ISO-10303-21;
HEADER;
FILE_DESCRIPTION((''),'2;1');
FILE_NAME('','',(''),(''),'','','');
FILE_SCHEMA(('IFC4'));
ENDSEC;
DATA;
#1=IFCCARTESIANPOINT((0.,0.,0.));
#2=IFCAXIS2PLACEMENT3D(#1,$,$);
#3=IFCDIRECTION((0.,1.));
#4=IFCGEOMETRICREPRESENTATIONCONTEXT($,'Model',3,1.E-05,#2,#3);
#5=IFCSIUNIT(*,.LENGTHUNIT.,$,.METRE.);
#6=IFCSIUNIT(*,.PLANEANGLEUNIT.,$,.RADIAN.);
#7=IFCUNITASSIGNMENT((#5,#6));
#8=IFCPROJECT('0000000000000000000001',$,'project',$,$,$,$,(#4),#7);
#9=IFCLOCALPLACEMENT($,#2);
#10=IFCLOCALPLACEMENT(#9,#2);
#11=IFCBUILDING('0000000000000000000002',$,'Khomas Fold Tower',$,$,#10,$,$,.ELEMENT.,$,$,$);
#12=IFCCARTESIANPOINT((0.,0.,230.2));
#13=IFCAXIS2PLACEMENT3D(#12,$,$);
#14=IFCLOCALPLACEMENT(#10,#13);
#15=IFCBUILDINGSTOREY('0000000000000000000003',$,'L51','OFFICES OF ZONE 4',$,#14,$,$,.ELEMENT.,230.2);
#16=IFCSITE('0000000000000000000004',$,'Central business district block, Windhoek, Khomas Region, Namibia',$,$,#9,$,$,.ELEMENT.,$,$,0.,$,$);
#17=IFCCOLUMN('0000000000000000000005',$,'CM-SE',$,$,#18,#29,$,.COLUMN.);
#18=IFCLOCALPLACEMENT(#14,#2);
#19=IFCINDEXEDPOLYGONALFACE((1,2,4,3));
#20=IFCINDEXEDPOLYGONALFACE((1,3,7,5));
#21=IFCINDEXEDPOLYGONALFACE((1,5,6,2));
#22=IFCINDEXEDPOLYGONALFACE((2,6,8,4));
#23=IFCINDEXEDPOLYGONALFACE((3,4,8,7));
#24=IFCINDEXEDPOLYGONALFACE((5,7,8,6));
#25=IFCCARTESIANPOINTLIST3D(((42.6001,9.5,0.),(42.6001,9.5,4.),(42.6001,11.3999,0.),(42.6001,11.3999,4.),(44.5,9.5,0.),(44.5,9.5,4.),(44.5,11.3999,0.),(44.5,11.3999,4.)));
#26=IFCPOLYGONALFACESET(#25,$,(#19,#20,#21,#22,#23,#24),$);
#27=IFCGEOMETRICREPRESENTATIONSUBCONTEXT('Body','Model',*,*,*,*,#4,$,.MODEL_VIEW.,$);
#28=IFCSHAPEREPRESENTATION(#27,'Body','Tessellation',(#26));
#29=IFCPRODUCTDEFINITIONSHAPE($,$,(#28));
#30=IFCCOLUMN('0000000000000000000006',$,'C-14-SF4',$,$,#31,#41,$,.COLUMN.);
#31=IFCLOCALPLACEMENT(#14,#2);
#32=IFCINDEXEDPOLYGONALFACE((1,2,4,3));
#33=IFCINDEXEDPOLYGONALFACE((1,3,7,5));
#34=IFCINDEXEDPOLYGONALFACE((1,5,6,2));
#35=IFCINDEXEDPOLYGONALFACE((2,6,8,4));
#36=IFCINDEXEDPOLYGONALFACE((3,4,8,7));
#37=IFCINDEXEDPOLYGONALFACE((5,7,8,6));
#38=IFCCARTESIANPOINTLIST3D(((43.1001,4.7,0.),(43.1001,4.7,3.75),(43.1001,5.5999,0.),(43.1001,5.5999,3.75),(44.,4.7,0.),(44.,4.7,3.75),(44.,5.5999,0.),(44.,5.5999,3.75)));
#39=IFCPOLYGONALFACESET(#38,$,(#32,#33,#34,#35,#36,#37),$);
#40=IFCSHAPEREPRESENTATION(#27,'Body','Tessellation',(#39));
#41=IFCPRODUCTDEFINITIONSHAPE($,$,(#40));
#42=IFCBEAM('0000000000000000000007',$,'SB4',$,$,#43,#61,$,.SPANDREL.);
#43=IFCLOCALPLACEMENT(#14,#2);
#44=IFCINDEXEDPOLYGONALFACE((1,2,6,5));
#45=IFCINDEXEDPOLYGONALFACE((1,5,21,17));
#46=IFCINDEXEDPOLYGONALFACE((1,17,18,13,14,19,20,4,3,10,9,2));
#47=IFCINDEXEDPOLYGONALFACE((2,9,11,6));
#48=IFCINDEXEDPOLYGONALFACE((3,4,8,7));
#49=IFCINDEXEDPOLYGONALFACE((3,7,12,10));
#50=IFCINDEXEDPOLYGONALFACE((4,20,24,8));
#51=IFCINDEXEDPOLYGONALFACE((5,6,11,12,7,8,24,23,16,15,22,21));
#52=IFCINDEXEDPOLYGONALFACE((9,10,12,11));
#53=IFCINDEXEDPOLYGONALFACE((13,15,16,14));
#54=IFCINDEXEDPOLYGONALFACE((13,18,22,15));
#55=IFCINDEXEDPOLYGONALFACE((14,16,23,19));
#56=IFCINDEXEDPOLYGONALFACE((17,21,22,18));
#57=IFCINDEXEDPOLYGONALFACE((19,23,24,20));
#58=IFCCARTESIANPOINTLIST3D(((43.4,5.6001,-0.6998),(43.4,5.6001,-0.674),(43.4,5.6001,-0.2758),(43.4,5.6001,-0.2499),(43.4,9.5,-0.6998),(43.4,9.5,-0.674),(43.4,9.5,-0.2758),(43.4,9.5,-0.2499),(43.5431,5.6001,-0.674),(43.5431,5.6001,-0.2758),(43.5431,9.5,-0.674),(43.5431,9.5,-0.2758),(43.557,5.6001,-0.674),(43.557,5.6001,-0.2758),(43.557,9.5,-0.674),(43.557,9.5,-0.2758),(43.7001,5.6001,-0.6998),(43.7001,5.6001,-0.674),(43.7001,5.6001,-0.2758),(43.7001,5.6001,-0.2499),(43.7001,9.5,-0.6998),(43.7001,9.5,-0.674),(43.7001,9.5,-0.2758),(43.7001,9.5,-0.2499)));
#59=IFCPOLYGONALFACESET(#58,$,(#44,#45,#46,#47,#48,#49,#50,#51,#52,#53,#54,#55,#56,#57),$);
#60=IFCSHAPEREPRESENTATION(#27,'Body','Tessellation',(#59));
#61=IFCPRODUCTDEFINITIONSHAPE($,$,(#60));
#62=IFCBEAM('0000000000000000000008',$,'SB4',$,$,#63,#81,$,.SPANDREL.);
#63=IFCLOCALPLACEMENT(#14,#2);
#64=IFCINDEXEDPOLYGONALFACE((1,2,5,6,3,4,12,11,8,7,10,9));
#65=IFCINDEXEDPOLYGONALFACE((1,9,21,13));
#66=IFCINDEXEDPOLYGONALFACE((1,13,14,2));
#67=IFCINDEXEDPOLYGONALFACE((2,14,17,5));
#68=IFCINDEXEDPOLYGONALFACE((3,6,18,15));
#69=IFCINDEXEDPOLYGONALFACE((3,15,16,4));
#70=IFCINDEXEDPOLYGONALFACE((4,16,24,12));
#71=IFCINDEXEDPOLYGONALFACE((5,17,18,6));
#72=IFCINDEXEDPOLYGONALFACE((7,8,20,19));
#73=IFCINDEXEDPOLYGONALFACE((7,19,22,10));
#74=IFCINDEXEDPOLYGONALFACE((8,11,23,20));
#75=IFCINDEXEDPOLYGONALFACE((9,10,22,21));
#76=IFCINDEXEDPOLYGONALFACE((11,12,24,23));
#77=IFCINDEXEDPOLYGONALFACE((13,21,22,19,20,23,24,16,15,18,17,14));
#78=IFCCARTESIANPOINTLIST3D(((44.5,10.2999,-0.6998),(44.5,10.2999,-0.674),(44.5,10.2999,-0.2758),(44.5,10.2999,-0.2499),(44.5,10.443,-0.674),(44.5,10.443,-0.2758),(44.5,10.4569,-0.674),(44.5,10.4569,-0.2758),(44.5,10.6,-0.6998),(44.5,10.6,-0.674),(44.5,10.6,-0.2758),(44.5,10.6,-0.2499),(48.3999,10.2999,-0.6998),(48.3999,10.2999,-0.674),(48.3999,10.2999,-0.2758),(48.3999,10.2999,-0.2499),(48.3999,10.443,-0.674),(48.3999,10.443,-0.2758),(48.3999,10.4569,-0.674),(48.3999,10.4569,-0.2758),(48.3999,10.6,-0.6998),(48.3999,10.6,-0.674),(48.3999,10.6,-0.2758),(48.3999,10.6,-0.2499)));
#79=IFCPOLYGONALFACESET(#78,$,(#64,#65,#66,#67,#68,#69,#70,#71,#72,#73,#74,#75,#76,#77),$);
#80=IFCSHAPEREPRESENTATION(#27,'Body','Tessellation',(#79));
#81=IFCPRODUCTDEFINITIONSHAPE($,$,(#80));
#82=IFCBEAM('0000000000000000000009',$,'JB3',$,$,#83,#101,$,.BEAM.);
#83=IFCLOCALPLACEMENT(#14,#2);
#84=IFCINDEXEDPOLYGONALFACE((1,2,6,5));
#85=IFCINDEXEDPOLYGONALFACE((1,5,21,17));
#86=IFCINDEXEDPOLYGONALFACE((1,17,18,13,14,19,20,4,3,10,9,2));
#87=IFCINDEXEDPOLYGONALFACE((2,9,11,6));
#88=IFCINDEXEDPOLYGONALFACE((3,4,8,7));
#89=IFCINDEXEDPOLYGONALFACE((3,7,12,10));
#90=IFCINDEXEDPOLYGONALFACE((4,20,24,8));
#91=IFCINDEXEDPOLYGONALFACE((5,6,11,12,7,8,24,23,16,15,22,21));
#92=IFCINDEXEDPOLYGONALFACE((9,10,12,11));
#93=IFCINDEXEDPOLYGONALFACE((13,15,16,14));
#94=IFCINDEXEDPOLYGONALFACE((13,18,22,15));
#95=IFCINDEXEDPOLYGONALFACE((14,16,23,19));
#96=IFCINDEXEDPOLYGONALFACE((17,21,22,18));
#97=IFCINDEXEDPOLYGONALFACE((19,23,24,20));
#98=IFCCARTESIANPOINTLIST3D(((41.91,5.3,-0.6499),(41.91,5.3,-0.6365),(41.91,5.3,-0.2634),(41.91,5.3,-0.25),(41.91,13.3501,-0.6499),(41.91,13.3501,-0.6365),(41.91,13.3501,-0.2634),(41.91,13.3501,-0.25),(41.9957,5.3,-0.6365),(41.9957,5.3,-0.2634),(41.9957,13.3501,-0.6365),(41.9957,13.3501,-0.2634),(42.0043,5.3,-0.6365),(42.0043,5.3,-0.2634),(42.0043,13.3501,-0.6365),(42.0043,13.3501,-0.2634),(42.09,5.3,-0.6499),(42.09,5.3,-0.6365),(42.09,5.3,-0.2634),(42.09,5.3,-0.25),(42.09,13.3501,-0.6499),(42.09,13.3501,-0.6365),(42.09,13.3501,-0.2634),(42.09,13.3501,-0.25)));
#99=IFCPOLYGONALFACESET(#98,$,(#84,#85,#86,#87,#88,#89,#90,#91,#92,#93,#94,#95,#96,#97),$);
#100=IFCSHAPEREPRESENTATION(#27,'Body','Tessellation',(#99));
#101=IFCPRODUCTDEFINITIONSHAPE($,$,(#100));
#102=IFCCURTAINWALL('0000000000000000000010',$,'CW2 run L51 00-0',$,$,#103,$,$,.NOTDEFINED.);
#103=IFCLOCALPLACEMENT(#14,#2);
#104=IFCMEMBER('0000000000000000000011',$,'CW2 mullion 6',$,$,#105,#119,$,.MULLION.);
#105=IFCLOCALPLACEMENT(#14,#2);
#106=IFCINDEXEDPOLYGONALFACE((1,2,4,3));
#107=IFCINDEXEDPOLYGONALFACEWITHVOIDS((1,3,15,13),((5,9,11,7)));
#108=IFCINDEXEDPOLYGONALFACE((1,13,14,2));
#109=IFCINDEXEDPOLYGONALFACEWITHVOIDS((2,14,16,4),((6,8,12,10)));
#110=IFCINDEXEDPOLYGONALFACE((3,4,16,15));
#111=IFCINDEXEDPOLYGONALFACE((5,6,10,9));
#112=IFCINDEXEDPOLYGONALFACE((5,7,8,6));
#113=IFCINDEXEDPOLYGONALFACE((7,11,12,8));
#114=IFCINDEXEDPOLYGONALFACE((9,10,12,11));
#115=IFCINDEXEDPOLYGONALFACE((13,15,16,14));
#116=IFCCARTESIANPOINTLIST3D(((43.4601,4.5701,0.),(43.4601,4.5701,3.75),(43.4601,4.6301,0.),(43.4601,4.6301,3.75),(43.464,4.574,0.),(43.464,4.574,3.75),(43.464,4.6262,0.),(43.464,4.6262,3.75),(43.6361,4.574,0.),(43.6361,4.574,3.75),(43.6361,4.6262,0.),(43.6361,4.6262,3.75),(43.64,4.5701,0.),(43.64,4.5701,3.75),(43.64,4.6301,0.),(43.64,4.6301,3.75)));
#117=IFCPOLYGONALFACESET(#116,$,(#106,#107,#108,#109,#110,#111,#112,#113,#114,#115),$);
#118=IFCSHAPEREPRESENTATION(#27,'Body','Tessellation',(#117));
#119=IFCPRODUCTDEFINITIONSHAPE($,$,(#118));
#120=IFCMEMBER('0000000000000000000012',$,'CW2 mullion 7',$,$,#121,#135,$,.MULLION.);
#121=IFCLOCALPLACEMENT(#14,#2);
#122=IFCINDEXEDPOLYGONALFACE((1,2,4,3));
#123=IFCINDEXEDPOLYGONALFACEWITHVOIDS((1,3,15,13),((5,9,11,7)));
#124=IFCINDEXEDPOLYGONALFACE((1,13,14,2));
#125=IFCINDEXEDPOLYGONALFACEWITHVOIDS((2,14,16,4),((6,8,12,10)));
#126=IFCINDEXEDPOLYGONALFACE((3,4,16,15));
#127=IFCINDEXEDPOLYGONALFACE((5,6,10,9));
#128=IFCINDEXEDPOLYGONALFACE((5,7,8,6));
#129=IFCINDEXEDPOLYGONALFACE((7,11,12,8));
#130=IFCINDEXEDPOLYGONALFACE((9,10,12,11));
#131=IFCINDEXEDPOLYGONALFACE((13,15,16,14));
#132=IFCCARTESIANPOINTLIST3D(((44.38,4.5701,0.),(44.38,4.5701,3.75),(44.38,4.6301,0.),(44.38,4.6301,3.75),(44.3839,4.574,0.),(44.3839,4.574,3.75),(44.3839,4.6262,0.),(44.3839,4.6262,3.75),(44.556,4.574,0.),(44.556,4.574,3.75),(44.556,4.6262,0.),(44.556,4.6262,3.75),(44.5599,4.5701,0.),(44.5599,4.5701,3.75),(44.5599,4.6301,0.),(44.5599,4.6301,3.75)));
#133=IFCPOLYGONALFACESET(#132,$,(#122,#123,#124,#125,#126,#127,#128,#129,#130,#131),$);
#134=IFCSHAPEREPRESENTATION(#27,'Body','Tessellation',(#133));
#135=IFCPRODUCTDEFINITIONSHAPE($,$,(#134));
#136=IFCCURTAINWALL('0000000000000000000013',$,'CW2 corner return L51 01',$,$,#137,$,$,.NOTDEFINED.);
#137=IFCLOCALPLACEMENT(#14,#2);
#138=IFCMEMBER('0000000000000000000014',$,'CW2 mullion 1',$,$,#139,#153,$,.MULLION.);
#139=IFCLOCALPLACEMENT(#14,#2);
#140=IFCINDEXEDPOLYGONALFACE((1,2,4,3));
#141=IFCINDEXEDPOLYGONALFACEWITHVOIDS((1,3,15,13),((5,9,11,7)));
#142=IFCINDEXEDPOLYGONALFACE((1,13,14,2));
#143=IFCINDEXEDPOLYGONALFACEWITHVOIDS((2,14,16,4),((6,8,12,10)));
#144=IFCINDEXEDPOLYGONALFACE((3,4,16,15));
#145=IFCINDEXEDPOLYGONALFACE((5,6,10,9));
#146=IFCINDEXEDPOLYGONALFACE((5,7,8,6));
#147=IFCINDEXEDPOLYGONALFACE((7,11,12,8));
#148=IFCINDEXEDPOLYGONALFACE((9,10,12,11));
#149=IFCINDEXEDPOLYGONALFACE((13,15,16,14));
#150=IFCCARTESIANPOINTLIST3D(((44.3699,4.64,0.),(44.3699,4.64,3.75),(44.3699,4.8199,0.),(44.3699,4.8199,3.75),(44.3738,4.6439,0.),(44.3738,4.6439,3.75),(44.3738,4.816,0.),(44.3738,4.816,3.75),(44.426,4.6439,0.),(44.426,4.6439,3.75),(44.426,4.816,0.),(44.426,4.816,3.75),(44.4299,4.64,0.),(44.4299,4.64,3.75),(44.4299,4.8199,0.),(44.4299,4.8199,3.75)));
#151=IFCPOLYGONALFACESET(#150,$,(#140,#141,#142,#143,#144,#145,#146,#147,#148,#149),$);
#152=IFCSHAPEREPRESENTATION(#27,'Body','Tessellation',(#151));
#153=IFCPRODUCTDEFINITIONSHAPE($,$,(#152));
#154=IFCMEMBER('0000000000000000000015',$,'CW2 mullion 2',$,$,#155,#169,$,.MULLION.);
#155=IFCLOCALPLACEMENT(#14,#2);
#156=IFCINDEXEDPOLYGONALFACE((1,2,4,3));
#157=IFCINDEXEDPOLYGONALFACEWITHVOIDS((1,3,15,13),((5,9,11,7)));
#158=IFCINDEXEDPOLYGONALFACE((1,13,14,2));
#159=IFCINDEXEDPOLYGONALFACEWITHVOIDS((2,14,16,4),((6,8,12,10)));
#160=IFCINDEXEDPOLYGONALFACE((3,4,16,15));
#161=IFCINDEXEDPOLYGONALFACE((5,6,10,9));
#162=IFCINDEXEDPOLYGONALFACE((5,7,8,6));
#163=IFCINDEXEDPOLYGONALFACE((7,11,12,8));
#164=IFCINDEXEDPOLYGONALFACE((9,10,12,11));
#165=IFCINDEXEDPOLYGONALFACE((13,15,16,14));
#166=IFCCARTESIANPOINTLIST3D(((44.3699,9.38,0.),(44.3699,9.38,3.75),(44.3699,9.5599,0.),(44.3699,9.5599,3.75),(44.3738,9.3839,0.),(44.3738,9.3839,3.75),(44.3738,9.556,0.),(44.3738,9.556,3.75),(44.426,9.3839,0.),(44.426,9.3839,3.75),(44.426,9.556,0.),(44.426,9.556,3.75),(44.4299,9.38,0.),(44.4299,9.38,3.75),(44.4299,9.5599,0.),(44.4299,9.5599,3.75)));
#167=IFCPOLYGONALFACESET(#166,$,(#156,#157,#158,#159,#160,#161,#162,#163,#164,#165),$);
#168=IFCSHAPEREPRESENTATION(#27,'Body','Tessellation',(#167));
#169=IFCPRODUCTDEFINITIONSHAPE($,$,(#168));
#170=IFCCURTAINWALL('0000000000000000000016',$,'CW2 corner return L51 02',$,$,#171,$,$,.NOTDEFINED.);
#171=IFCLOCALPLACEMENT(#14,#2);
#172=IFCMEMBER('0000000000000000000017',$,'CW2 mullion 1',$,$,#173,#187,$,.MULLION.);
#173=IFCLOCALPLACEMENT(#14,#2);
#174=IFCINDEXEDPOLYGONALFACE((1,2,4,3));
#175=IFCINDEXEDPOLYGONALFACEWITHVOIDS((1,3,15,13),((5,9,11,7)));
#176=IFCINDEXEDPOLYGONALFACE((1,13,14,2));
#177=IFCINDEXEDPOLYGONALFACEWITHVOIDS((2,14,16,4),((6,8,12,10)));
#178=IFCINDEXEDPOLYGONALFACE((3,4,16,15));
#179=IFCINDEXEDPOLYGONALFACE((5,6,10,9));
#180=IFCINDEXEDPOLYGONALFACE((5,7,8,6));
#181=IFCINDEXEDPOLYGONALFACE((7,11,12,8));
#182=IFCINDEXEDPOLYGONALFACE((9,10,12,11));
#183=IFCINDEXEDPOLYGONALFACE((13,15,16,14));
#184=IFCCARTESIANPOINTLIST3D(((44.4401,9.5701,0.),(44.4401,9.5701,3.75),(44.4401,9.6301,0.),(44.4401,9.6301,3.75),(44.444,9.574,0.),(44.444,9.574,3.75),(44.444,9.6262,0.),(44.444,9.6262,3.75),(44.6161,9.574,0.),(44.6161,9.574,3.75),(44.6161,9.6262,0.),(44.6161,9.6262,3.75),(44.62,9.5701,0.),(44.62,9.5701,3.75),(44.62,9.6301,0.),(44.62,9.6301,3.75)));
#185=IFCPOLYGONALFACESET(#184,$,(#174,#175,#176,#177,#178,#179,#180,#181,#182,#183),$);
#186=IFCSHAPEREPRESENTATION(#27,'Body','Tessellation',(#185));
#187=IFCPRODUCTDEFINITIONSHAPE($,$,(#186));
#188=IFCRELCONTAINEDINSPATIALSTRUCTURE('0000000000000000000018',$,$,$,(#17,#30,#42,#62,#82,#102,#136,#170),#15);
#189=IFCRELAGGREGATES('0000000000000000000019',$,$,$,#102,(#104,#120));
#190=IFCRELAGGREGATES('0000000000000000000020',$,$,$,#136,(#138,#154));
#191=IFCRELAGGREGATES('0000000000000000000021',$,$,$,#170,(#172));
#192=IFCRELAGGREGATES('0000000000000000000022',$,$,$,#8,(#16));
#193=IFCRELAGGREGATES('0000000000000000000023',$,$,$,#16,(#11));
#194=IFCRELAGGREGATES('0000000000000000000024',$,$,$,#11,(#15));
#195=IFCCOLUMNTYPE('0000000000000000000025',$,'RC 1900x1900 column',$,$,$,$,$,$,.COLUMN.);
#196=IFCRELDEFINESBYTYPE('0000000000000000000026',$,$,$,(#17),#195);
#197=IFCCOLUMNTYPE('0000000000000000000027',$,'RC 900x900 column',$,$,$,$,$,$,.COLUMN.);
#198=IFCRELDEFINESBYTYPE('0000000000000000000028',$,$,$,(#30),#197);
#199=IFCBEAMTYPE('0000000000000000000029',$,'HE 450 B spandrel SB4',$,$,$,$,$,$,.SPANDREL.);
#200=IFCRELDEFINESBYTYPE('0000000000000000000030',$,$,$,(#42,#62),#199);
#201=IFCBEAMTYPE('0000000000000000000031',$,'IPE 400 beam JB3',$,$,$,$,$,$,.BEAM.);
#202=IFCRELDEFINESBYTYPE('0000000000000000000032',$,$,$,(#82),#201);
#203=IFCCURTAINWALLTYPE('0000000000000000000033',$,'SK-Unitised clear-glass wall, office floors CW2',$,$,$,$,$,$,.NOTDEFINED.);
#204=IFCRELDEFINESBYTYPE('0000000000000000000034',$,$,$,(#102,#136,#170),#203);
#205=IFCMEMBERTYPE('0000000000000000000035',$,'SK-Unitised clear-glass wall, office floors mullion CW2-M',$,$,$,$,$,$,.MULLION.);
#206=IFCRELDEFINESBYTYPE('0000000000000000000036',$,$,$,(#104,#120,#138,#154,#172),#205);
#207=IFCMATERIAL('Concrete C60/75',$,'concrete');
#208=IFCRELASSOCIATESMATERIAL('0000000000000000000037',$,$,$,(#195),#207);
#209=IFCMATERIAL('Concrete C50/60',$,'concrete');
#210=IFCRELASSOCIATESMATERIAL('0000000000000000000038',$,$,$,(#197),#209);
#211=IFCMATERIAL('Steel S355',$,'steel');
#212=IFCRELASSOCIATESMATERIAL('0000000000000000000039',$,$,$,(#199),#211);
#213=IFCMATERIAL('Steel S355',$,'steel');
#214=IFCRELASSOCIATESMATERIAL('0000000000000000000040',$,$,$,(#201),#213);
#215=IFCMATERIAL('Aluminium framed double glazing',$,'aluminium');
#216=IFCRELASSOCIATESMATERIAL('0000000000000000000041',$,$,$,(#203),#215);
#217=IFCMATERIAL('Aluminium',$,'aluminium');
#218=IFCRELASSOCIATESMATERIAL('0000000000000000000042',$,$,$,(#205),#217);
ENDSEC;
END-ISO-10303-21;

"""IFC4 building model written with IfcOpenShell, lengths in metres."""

from ifc_helpers import new_model, si_unit, direction, frame, origin, origin_2d, place, context, subcontext, project, spatial, rectangle, hollow_rectangle, i_section, extrude, source, transform, mapped, material, material_profile, profile_set, type_object, element, aggregate, save


model = new_model("IFC4")

# Units and contexts
model_context = context("Model", 3, precision=1e-05, world=origin(), true_north=direction((0.0, 1.0)))
body_context = subcontext(model_context, "Body", "Model", "MODEL_VIEW")
ifc_project = project(units=[si_unit("LENGTHUNIT", "METRE"), si_unit("PLANEANGLEUNIT", "RADIAN")], contexts=[model_context])

# Site, building, storey
site_placement = place(None, origin())
site = spatial("IfcSite", under=ifc_project, at=site_placement, Name="Central business district block, Windhoek, Khomas Region, Namibia", CompositionType="ELEMENT", RefElevation=0.0)
building_placement = place(site_placement, origin())
building = spatial("IfcBuilding", under=site, at=building_placement, Name="Khomas Fold Tower", CompositionType="ELEMENT")
storey_placement = place(building_placement, frame((0.0, 0.0, 230.2)))
storey = spatial("IfcBuildingStorey", under=building, at=storey_placement, Name="L51", Description="OFFICES OF ZONE 4", CompositionType="ELEMENT", Elevation=230.2)

# Columns
ifc_material_1 = material(Name="Concrete C60/75", Category="concrete")
ifc_material_profile_1 = material_profile(ifc_material_1, rectangle(XDim=1.8999, YDim=1.8999, at=origin_2d()), Name="RC 1900x1900")
ifc_profile_set_1 = profile_set([ifc_material_profile_1], Name="Concrete C60/75")
column_type_1 = type_object("IfcColumnType", Name="RC 1900x1900 column", PredefinedType="COLUMN", material=ifc_profile_set_1)
shared_shape_1 = source(origin(), body_context, "Body", "SweptSolid", [
    extrude(rectangle(XDim=1.8999, YDim=1.8999, at=origin_2d()), origin(), (0.0, 0.0, 1.0), 4.0),
])
column_1_placement = place(storey_placement, frame((43.55, 10.45, 0.0), z_axis=(0.0, 0.0, 1.0), x_axis=(1.0, 0.0, 0.0)))
element("IfcColumn", 1, at=column_1_placement, inside=storey, type_object=column_type_1, Name="CM-SE", PredefinedType="COLUMN", context=body_context, shape_type="MappedRepresentation", body=[
    mapped(shared_shape_1, transform((0.0, 0.0, 0.0))),
])
ifc_material_2 = material(Name="Concrete C50/60", Category="concrete")
ifc_material_profile_2 = material_profile(ifc_material_2, rectangle(XDim=0.8999, YDim=0.8999, at=origin_2d()), Name="RC 900x900")
ifc_profile_set_2 = profile_set([ifc_material_profile_2], Name="Concrete C50/60")
column_type_2 = type_object("IfcColumnType", Name="RC 900x900 column", PredefinedType="COLUMN", material=ifc_profile_set_2)
shared_shape_2 = source(origin(), body_context, "Body", "SweptSolid", [
    extrude(rectangle(XDim=0.8999, YDim=0.8999, at=origin_2d()), origin(), (0.0, 0.0, 1.0), 3.75),
])
column_2_placement = place(storey_placement, frame((43.55, 5.1499, 0.0), z_axis=(0.0, 0.0, 1.0), x_axis=(1.0, 0.0, 0.0)))
element("IfcColumn", 2, at=column_2_placement, inside=storey, type_object=column_type_2, Name="C-14-SF4", PredefinedType="COLUMN", context=body_context, shape_type="MappedRepresentation", body=[
    mapped(shared_shape_2, transform((0.0, 0.0, 0.0))),
])

# Beams
ifc_material_3 = material(Name="Steel S355", Category="steel")
ifc_material_profile_3 = material_profile(ifc_material_3, i_section(OverallWidth=0.3, OverallDepth=0.45, WebThickness=0.0139, FlangeThickness=0.0259, at=origin_2d()), Name="HE 450 B")
ifc_profile_set_3 = profile_set([ifc_material_profile_3], Name="Steel S355")
beam_type_1 = type_object("IfcBeamType", Name="HE 450 B spandrel SB4", PredefinedType="SPANDREL", material=ifc_profile_set_3)
shared_shape_3 = source(origin(), body_context, "Body", "SweptSolid", [
    extrude(i_section(OverallWidth=0.3, OverallDepth=0.45, WebThickness=0.0139, FlangeThickness=0.0259, at=origin_2d()), origin(), (0.0, 0.0, 1.0), 3.8999),
])
for number, where, z_axis, x_axis, name in (
    (3, (43.55, 5.6001, -0.4749), (0.0, 1.0, 0.0), (-1.0, 0.0, 0.0), "SB4"),
    (4, (44.5, 10.45, -0.4749), (1.0, 0.0, 0.0), (0.0, 1.0, 0.0), "SB4"),
):
    element("IfcBeam", number, at=place(storey_placement, frame(where, z_axis=z_axis, x_axis=x_axis)), inside=storey, type_object=beam_type_1, Name=name, PredefinedType="SPANDREL", context=body_context, shape_type="MappedRepresentation", body=[
        mapped(shared_shape_3, transform((0.0, 0.0, 0.0))),
    ])
ifc_material_4 = material(Name="Steel S355", Category="steel")
ifc_material_profile_4 = material_profile(ifc_material_4, i_section(OverallWidth=0.1799, OverallDepth=0.3999, WebThickness=0.0085, FlangeThickness=0.0134, at=origin_2d()), Name="IPE 400")
ifc_profile_set_4 = profile_set([ifc_material_profile_4], Name="Steel S355")
beam_type_2 = type_object("IfcBeamType", Name="IPE 400 beam JB3", PredefinedType="BEAM", material=ifc_profile_set_4)
shared_shape_4 = source(origin(), body_context, "Body", "SweptSolid", [
    extrude(i_section(OverallWidth=0.1799, OverallDepth=0.3999, WebThickness=0.0085, FlangeThickness=0.0134, at=origin_2d()), origin(), (0.0, 0.0, 1.0), 8.05),
])
beam_placement = place(storey_placement, frame((42.0, 5.3, -0.45), z_axis=(0.0, 1.0, 0.0), x_axis=(-1.0, 0.0, 0.0)))
element("IfcBeam", 5, at=beam_placement, inside=storey, type_object=beam_type_2, Name="JB3", PredefinedType="BEAM", context=body_context, shape_type="MappedRepresentation", body=[
    mapped(shared_shape_4, transform((0.0, 0.0, 0.0))),
])

# Curtain walls, members
ifc_material_5 = material(Name="Aluminium framed double glazing", Category="aluminium")
curtain_wall_type = type_object("IfcCurtainWallType", Name="SK-Unitised clear-glass wall, office floors CW2", PredefinedType="NOTDEFINED", material=ifc_material_5)
curtain_wall_1_placement = place(storey_placement, origin())
curtain_wall_1 = element("IfcCurtainWall", 6, at=curtain_wall_1_placement, inside=storey, type_object=curtain_wall_type, Name="CW2 run L51 00-0", PredefinedType="NOTDEFINED")
ifc_material_6 = material(Name="Aluminium", Category="aluminium")
ifc_material_profile_5 = material_profile(ifc_material_6, hollow_rectangle(XDim=0.0601, YDim=0.1799, WallThickness=0.0039, at=origin_2d()), Name="SK-Unitised clear-glass wall, office floors mullion CW2-M")
ifc_profile_set_5 = profile_set([ifc_material_profile_5], Name="Aluminium")
member_type_1 = type_object("IfcMemberType", Name="SK-Unitised clear-glass wall, office floors mullion CW2-M", PredefinedType="MULLION", material=ifc_profile_set_5)
shared_shape_5 = source(origin(), body_context, "Body", "SweptSolid", [
    extrude(hollow_rectangle(XDim=0.0601, YDim=0.1799, WallThickness=0.0039, at=origin_2d()), origin(), (0.0, 0.0, 1.0), 3.75),
])
member_1_placement = place(storey_placement, frame((43.55, 4.6001, 0.0), z_axis=(0.0, 0.0, 1.0), x_axis=(0.0, 1.0, 0.0)))
member_1 = element("IfcMember", 7, at=member_1_placement, type_object=member_type_1, Name="CW2 mullion 6", PredefinedType="MULLION", context=body_context, shape_type="MappedRepresentation", body=[
    mapped(shared_shape_5, transform((0.0, 0.0, 0.0))),
])
member_2_placement = place(storey_placement, frame((44.47, 4.6001, 0.0), z_axis=(0.0, 0.0, 1.0), x_axis=(0.0, 1.0, 0.0)))
member_2 = element("IfcMember", 8, at=member_2_placement, type_object=member_type_1, Name="CW2 mullion 7", PredefinedType="MULLION", context=body_context, shape_type="MappedRepresentation", body=[
    mapped(shared_shape_5, transform((0.0, 0.0, 0.0))),
])
curtain_wall_2_placement = place(storey_placement, origin())
curtain_wall_2 = element("IfcCurtainWall", 9, at=curtain_wall_2_placement, inside=storey, type_object=curtain_wall_type, Name="CW2 corner return L51 01", PredefinedType="NOTDEFINED")
member_3_placement = place(storey_placement, frame((44.3999, 4.73, 0.0), z_axis=(0.0, 0.0, 1.0), x_axis=(-1.0, 0.0, 0.0)))
member_3 = element("IfcMember", 10, at=member_3_placement, type_object=member_type_1, Name="CW2 mullion 1", PredefinedType="MULLION", context=body_context, shape_type="MappedRepresentation", body=[
    mapped(shared_shape_5, transform((0.0, 0.0, 0.0))),
])
member_4_placement = place(storey_placement, frame((44.3999, 9.47, 0.0), z_axis=(0.0, 0.0, 1.0), x_axis=(-1.0, 0.0, 0.0)))
member_4 = element("IfcMember", 11, at=member_4_placement, type_object=member_type_1, Name="CW2 mullion 2", PredefinedType="MULLION", context=body_context, shape_type="MappedRepresentation", body=[
    mapped(shared_shape_5, transform((0.0, 0.0, 0.0))),
])
curtain_wall_3_placement = place(storey_placement, origin())
curtain_wall_3 = element("IfcCurtainWall", 12, at=curtain_wall_3_placement, inside=storey, type_object=curtain_wall_type, Name="CW2 corner return L51 02", PredefinedType="NOTDEFINED")
member_5_placement = place(storey_placement, frame((44.53, 9.6001, 0.0), z_axis=(0.0, 0.0, 1.0), x_axis=(0.0, 1.0, 0.0)))
member_5 = element("IfcMember", 13, at=member_5_placement, type_object=member_type_1, Name="CW2 mullion 1", PredefinedType="MULLION", context=body_context, shape_type="MappedRepresentation", body=[
    mapped(shared_shape_5, transform((0.0, 0.0, 0.0))),
])

aggregate(curtain_wall_1, [member_1, member_2])
aggregate(curtain_wall_2, [member_3, member_4])
aggregate(curtain_wall_3, [member_5])

save(model, "model.ifc")
